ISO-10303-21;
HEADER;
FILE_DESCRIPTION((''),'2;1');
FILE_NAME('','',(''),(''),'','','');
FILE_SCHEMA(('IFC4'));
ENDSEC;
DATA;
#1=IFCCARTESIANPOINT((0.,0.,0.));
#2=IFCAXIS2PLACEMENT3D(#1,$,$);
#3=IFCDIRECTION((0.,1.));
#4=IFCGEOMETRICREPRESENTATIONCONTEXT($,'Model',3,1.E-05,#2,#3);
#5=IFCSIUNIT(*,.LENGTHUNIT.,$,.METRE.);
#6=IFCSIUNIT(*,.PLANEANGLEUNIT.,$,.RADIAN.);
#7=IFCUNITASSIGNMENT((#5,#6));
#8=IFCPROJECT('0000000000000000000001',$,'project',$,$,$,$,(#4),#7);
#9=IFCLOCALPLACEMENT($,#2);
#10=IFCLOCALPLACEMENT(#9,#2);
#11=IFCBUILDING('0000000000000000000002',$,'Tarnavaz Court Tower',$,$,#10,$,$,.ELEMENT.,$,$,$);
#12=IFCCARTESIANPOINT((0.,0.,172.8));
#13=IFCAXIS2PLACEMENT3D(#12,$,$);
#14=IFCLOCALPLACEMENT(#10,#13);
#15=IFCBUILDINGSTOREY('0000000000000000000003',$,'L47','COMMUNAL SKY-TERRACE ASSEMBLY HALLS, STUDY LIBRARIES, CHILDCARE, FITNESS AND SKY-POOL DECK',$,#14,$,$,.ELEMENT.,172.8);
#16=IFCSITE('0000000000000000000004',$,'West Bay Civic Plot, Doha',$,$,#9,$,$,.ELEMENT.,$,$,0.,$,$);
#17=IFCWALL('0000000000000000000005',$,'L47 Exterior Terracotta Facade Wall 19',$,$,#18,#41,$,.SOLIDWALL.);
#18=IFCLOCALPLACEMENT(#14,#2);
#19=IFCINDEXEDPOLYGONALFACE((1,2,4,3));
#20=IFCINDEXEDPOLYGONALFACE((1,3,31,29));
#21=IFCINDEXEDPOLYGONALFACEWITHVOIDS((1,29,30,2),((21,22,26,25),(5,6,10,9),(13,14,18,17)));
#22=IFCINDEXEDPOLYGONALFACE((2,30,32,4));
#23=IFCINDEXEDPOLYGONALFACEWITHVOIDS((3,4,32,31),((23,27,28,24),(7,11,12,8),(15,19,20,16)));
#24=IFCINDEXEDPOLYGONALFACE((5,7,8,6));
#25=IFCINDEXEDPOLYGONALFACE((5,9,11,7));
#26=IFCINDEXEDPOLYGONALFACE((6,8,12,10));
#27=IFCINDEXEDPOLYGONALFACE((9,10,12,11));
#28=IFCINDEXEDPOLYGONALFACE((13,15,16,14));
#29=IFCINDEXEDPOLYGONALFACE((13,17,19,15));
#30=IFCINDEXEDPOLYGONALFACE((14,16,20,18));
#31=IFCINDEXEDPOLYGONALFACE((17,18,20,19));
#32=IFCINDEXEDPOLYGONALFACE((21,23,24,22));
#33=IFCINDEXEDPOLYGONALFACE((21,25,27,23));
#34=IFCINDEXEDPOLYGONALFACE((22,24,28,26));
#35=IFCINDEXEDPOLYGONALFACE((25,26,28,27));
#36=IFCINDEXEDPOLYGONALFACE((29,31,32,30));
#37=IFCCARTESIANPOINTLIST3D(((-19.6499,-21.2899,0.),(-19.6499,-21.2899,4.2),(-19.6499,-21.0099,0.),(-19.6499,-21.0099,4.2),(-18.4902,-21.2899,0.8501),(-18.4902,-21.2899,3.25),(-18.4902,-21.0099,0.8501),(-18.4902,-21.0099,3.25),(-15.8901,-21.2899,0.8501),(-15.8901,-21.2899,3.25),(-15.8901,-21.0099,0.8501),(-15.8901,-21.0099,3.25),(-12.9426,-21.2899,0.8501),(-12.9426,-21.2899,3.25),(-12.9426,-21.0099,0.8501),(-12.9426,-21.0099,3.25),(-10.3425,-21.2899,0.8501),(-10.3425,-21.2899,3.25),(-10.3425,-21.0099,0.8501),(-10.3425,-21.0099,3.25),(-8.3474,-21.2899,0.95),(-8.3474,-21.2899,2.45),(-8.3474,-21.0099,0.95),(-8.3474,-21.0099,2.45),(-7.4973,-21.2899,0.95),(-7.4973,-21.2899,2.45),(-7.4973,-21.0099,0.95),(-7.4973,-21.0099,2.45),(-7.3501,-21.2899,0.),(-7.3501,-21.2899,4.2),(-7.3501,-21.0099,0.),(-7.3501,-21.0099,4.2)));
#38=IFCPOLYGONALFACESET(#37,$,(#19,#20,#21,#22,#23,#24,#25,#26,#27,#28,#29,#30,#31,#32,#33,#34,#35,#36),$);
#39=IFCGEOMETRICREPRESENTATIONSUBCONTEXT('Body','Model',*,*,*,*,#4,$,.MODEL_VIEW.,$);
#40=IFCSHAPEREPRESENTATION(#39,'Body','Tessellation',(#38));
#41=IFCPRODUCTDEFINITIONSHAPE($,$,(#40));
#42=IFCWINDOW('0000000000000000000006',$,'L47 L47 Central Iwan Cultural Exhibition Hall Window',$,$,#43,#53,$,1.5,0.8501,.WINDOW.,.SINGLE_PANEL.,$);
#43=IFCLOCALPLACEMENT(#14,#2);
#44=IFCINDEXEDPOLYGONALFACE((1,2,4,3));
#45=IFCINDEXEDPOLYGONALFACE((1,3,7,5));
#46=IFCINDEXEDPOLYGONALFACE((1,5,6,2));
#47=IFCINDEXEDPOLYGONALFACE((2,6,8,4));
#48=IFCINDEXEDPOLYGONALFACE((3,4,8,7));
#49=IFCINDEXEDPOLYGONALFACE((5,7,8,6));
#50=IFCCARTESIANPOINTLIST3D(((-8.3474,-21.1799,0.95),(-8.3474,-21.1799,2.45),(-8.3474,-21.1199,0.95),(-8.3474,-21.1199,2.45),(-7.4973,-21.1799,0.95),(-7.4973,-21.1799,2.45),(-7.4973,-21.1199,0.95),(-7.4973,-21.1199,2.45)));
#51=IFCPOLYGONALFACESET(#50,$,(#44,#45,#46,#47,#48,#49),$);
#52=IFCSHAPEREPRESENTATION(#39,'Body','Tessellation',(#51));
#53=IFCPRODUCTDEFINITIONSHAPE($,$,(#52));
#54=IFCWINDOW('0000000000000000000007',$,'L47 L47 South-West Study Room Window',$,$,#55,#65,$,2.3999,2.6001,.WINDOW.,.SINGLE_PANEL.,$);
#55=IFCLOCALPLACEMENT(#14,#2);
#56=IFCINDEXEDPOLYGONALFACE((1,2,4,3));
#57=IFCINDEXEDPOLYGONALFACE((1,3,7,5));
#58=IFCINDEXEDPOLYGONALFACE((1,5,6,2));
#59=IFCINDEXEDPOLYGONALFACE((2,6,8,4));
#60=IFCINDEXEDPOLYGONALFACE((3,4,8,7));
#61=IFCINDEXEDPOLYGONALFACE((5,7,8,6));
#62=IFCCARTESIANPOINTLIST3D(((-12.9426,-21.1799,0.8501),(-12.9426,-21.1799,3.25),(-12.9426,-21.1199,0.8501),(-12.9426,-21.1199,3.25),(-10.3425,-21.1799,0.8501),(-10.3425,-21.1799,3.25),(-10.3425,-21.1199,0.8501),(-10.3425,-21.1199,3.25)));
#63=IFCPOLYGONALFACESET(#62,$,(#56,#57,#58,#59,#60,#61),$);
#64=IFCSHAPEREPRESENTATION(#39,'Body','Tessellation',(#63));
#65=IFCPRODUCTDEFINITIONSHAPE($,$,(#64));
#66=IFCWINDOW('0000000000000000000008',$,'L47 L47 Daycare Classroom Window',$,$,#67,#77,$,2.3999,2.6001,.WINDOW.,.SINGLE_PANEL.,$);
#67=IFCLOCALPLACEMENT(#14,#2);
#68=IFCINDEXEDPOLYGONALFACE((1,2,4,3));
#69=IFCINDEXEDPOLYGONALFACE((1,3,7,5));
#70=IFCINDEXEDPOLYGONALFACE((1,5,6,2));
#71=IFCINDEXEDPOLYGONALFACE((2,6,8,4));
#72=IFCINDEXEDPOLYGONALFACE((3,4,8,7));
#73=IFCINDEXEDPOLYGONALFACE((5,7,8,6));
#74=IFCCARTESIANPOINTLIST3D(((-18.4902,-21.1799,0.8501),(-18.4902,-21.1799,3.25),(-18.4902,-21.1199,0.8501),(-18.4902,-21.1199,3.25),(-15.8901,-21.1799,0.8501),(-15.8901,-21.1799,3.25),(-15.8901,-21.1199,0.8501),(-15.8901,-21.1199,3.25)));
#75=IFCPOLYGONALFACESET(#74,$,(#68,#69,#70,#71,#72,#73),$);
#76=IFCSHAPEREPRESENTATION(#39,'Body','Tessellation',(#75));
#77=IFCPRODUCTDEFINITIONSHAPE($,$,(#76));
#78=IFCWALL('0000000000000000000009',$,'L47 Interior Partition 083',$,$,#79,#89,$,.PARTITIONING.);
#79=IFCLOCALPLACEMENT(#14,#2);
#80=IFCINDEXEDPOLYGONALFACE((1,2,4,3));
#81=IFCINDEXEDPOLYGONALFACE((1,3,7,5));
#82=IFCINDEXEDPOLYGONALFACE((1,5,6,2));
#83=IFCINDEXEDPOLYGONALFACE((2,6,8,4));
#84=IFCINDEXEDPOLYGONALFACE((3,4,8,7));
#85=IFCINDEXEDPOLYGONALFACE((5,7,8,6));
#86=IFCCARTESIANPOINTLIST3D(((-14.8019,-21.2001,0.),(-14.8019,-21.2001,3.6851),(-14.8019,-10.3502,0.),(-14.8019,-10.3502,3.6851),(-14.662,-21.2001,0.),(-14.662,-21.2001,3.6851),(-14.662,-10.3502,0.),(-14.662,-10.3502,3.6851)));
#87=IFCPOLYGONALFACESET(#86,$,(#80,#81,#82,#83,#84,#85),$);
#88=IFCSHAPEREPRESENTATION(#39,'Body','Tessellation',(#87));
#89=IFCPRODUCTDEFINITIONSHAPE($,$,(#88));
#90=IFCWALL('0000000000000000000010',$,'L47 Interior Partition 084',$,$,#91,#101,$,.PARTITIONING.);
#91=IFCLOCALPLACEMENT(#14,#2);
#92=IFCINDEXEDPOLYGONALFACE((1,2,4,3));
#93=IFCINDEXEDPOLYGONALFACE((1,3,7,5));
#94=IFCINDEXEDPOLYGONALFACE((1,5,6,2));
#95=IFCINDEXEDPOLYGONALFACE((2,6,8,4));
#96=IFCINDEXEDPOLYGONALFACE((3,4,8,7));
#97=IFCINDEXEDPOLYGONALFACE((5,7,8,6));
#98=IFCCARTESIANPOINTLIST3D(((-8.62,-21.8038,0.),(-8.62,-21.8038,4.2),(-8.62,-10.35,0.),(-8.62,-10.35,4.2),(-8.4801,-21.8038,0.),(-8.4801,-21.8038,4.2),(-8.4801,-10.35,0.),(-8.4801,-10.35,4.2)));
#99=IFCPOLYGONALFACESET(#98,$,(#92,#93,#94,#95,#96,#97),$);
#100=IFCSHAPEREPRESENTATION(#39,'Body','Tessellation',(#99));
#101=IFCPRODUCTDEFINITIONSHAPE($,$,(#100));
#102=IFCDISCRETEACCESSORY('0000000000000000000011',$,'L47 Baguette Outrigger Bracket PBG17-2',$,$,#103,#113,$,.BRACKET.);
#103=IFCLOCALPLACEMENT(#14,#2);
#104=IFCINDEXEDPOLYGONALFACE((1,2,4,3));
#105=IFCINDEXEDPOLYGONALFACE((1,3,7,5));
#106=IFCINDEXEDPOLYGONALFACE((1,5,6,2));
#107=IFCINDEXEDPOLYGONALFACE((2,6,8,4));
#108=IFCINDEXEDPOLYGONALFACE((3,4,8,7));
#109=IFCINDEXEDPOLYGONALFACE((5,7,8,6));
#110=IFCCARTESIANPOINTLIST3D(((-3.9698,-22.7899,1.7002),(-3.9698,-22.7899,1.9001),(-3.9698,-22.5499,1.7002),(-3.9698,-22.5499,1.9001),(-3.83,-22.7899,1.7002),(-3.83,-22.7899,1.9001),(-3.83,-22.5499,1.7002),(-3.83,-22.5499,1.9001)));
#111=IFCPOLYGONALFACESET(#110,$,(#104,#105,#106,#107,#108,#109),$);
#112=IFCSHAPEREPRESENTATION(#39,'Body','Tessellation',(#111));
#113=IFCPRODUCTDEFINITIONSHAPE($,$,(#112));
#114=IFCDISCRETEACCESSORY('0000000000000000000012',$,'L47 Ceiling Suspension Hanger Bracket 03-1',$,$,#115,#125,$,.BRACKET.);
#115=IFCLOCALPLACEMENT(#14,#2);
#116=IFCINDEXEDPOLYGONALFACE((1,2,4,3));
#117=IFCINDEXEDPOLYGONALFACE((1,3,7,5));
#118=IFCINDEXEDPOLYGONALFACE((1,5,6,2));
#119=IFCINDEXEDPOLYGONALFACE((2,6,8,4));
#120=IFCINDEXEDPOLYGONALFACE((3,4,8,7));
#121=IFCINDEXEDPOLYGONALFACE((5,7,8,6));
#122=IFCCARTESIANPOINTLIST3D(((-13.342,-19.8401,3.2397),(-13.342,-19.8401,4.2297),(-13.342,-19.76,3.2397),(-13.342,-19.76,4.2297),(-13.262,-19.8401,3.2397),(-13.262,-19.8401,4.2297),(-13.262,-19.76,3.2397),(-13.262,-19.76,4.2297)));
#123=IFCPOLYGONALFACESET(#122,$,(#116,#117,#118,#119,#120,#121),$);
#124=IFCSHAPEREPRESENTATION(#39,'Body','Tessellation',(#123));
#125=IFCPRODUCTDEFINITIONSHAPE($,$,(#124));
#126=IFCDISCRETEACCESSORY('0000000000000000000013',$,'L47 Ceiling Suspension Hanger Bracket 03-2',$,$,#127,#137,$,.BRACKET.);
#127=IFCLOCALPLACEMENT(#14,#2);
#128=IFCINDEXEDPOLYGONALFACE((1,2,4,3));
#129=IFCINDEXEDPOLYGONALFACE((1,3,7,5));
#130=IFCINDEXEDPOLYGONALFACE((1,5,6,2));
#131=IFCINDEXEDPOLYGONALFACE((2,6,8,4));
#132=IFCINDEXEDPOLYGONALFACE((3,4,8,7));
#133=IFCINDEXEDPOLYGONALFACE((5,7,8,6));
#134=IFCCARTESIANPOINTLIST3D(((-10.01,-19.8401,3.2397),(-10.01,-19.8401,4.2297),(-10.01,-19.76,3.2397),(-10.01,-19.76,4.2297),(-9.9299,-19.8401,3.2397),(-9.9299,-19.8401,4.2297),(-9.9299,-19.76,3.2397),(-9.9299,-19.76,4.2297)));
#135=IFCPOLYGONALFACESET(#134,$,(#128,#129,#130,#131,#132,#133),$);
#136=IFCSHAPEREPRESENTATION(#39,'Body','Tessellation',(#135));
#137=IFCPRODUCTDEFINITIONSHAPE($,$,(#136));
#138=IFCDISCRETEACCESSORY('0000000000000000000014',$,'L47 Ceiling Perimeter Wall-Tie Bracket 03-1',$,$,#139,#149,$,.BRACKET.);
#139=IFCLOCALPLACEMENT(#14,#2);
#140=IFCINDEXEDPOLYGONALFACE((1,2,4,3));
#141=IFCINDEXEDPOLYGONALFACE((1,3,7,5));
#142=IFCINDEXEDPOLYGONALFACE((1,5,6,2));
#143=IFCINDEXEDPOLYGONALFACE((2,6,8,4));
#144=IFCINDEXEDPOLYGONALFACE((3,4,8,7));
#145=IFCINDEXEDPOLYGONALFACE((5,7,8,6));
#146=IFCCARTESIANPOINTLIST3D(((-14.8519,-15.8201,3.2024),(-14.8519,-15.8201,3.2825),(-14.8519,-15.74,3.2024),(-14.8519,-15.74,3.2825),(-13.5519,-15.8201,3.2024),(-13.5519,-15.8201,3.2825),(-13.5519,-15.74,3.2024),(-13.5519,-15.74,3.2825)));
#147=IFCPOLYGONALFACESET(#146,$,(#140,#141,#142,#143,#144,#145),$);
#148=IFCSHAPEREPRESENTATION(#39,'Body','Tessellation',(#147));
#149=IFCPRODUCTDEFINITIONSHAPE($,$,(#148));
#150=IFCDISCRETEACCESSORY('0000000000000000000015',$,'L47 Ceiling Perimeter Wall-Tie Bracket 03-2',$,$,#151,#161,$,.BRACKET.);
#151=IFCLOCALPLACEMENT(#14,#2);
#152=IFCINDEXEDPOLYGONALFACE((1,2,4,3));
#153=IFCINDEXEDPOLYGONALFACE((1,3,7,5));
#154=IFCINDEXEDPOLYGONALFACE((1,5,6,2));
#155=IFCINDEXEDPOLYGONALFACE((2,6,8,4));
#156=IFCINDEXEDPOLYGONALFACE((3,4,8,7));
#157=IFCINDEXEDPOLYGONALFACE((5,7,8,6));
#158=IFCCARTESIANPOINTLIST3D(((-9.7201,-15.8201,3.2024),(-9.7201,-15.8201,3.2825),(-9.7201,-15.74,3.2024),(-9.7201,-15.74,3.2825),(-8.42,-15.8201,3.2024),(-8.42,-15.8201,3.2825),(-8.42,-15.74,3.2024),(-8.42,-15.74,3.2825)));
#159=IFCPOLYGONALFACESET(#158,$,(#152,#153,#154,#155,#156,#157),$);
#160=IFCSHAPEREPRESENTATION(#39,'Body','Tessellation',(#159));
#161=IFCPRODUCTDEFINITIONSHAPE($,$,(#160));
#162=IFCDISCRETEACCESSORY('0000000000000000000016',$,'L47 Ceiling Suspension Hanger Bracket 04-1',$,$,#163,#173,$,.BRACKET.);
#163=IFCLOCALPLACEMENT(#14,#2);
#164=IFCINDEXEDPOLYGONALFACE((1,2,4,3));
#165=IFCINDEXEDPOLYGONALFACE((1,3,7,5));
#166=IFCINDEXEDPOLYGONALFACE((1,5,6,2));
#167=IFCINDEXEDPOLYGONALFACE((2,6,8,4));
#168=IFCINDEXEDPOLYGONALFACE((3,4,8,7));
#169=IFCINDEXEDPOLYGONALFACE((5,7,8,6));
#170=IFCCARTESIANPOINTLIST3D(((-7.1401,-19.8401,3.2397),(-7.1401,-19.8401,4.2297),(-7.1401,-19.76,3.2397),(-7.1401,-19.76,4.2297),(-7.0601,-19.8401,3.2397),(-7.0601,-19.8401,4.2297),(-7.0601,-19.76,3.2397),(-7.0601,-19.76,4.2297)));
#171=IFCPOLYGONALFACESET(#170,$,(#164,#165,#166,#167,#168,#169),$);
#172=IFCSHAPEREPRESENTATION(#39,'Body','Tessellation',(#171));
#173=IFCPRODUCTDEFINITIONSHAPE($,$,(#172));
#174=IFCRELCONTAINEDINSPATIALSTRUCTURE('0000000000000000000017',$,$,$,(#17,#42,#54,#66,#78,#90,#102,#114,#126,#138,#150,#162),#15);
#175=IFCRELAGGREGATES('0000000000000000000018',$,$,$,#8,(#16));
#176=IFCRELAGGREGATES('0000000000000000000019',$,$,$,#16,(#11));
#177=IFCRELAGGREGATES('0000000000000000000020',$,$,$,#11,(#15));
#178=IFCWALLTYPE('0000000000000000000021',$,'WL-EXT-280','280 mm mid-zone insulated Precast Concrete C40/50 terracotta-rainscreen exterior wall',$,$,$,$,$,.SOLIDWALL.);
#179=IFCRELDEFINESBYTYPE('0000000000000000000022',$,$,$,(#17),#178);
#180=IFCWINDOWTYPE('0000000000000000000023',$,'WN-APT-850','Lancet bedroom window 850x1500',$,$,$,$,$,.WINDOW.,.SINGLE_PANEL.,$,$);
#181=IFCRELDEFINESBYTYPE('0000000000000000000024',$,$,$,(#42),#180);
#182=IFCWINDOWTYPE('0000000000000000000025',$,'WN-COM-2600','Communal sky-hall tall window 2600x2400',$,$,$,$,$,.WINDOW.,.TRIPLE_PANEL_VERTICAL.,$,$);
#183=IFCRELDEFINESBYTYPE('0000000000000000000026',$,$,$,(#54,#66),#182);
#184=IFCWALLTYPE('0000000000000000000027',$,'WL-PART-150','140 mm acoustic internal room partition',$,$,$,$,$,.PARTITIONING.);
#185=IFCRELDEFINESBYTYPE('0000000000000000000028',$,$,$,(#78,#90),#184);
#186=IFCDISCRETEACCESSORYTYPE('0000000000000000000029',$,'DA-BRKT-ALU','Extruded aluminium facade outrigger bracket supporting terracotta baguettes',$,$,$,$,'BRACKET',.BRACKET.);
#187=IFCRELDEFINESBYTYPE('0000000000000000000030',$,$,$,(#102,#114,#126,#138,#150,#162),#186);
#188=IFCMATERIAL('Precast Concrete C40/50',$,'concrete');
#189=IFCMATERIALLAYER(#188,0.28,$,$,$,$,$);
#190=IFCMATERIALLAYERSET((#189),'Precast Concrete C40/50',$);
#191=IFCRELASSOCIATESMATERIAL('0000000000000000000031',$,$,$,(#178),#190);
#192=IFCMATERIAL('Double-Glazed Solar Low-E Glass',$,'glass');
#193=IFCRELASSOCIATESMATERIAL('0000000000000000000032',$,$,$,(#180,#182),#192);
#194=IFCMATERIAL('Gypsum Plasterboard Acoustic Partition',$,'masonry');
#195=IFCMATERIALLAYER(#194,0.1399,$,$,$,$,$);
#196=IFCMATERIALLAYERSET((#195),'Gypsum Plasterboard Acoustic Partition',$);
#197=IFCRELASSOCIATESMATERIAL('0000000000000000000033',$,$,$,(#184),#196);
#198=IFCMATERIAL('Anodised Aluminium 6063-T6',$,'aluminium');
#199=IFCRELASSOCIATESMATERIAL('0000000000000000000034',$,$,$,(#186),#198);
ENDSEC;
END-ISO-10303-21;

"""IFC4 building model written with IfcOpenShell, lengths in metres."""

from ifc_helpers import new_model, si_unit, direction, frame, frame_2d, origin, origin_2d, place, context, subcontext, project, spatial, rectangle, extrude, material, layer, layer_set, type_object, element, fill, save


model = new_model("IFC4")

# Units and contexts
model_context = context("Model", 3, precision=1e-05, world=origin(), true_north=direction((0.0, 1.0)))
body_context = subcontext(model_context, "Body", "Model", "MODEL_VIEW")
ifc_project = project(units=[si_unit("LENGTHUNIT", "METRE"), si_unit("PLANEANGLEUNIT", "RADIAN")], contexts=[model_context])

# Site, building, storey
site_placement = place(None, origin())
site = spatial("IfcSite", under=ifc_project, at=site_placement, Name="West Bay Civic Plot, Doha", CompositionType="ELEMENT", RefElevation=0.0)
building_placement = place(site_placement, origin())
building = spatial("IfcBuilding", under=site, at=building_placement, Name="Tarnavaz Court Tower", CompositionType="ELEMENT")
storey_placement = place(building_placement, frame((0.0, 0.0, 172.8)))
storey = spatial("IfcBuildingStorey", under=building, at=storey_placement, Name="L47", Description="COMMUNAL SKY-TERRACE ASSEMBLY HALLS, STUDY LIBRARIES, CHILDCARE, FITNESS AND SKY-POOL DECK", CompositionType="ELEMENT", Elevation=172.8)

# Shared definitions
ifc_material_1 = material(Name="Anodised Aluminium 6063-T6", Category="aluminium")
ifc_material_2 = material(Name="Double-Glazed Solar Low-E Glass", Category="glass")

# Shared definitions
ifc_material_3 = material(Name="Precast Concrete C40/50", Category="concrete")
ifc_layer_1 = layer(ifc_material_3, 0.28)
ifc_layer_set_1 = layer_set([ifc_layer_1], Name="Precast Concrete C40/50")
wall_type_1 = type_object("IfcWallType", Name="WL-EXT-280", Description="280 mm mid-zone insulated Precast Concrete C40/50 terracotta-rainscreen exterior wall", PredefinedType="SOLIDWALL", material=ifc_layer_set_1)

# Wall, openings, windows
wall_1_placement = place(storey_placement, frame((-7.3501, -21.1499, 0.0), z_axis=(0.0, 0.0, 1.0), x_axis=(-1.0, 0.0, 0.0)))
wall_1 = element("IfcWall", 1, at=wall_1_placement, inside=storey, type_object=wall_type_1, Name="L47 Exterior Terracotta Facade Wall 19", PredefinedType="SOLIDWALL", context=body_context, shape_type="SweptSolid", body=[
    extrude(rectangle(XDim=12.2998, YDim=0.28, at=frame_2d((6.1499, 0.0))), origin(), (0.0, 0.0, 1.0), 4.2),
])
opening_1_placement = place(wall_1_placement, frame((0.1472, 0.0, 0.95)))
opening_1 = element("IfcOpeningElement", 2, at=opening_1_placement, cuts=wall_1, PredefinedType="OPENING", context=body_context, shape_type="SweptSolid", body=[
    extrude(rectangle(XDim=0.8501, YDim=1.5, at=frame_2d((0.425, 0.75))), frame((0.0, 0.1499, 0.0), z_axis=(0.0, -1.0, 0.0), x_axis=(1.0, 0.0, 0.0)), (0.0, 0.0, 1.0), 0.3),
])
opening_2_placement = place(wall_1_placement, frame((2.9924, 0.0, 0.8501)))
opening_2 = element("IfcOpeningElement", 3, at=opening_2_placement, cuts=wall_1, PredefinedType="OPENING", context=body_context, shape_type="SweptSolid", body=[
    extrude(rectangle(XDim=2.6001, YDim=2.3999, at=frame_2d((1.3, 1.2))), frame((0.0, 0.1499, 0.0), z_axis=(0.0, -1.0, 0.0), x_axis=(1.0, 0.0, 0.0)), (0.0, 0.0, 1.0), 0.3),
])
opening_3_placement = place(wall_1_placement, frame((8.54, 0.0, 0.8501)))
opening_3 = element("IfcOpeningElement", 4, at=opening_3_placement, cuts=wall_1, PredefinedType="OPENING", context=body_context, shape_type="SweptSolid", body=[
    extrude(rectangle(XDim=2.6001, YDim=2.3999, at=frame_2d((1.3, 1.2))), frame((0.0, 0.1499, 0.0), z_axis=(0.0, -1.0, 0.0), x_axis=(1.0, 0.0, 0.0)), (0.0, 0.0, 1.0), 0.3),
])
window_type_1 = type_object("IfcWindowType", Name="WN-APT-850", Description="Lancet bedroom window 850x1500", PartitioningType="SINGLE_PANEL", PredefinedType="WINDOW", material=ifc_material_2)
window_1_placement = place(opening_1_placement, origin())
window_1 = element("IfcWindow", 5, at=window_1_placement, inside=storey, type_object=window_type_1, Name="L47 L47 Central Iwan Cultural Exhibition Hall Window", OverallHeight=1.5, OverallWidth=0.8501, PartitioningType="SINGLE_PANEL", PredefinedType="WINDOW", context=body_context, shape_type="SweptSolid", body=[
    extrude(rectangle(XDim=0.8501, YDim=1.5, at=frame_2d((0.425, 0.75))), frame((0.0, 0.03, 0.0), z_axis=(0.0, -1.0, 0.0), x_axis=(1.0, 0.0, 0.0)), (0.0, 0.0, 1.0), 0.0601),
])
fill(opening_1, window_1)
window_type_2 = type_object("IfcWindowType", Name="WN-COM-2600", Description="Communal sky-hall tall window 2600x2400", PartitioningType="TRIPLE_PANEL_VERTICAL", PredefinedType="WINDOW", material=ifc_material_2)
window_2_placement = place(opening_2_placement, origin())
window_2 = element("IfcWindow", 6, at=window_2_placement, inside=storey, type_object=window_type_2, Name="L47 L47 South-West Study Room Window", OverallHeight=2.3999, OverallWidth=2.6001, PartitioningType="SINGLE_PANEL", PredefinedType="WINDOW", context=body_context, shape_type="SweptSolid", body=[
    extrude(rectangle(XDim=2.6001, YDim=2.3999, at=frame_2d((1.3, 1.2))), frame((0.0, 0.03, 0.0), z_axis=(0.0, -1.0, 0.0), x_axis=(1.0, 0.0, 0.0)), (0.0, 0.0, 1.0), 0.0601),
])
fill(opening_2, window_2)
window_3_placement = place(opening_3_placement, origin())
window_3 = element("IfcWindow", 7, at=window_3_placement, inside=storey, type_object=window_type_2, Name="L47 L47 Daycare Classroom Window", OverallHeight=2.3999, OverallWidth=2.6001, PartitioningType="SINGLE_PANEL", PredefinedType="WINDOW", context=body_context, shape_type="SweptSolid", body=[
    extrude(rectangle(XDim=2.6001, YDim=2.3999, at=frame_2d((1.3, 1.2))), frame((0.0, 0.03, 0.0), z_axis=(0.0, -1.0, 0.0), x_axis=(1.0, 0.0, 0.0)), (0.0, 0.0, 1.0), 0.0601),
])
fill(opening_3, window_3)

# Walls
ifc_material_4 = material(Name="Gypsum Plasterboard Acoustic Partition", Category="masonry")
ifc_layer_2 = layer(ifc_material_4, 0.1399)
ifc_layer_set_2 = layer_set([ifc_layer_2], Name="Gypsum Plasterboard Acoustic Partition")
wall_type_2 = type_object("IfcWallType", Name="WL-PART-150", Description="140 mm acoustic internal room partition", PredefinedType="PARTITIONING", material=ifc_layer_set_2)
wall_2_placement = place(storey_placement, frame((-14.7319, -21.2, 0.0), z_axis=(0.0, 0.0, 1.0), x_axis=(0.0, 1.0, 0.0)))
element("IfcWall", 8, at=wall_2_placement, inside=storey, type_object=wall_type_2, Name="L47 Interior Partition 083", PredefinedType="PARTITIONING", context=body_context, shape_type="SweptSolid", body=[
    extrude(rectangle(XDim=10.8499, YDim=0.1399, at=frame_2d((5.4248, 0.0))), origin(), (0.0, 0.0, 1.0), 3.6851),
])
wall_3_placement = place(storey_placement, frame((-8.55, -21.804, 0.0), z_axis=(0.0, 0.0, 1.0), x_axis=(0.0, 1.0, 0.0)))
element("IfcWall", 9, at=wall_3_placement, inside=storey, type_object=wall_type_2, Name="L47 Interior Partition 084", PredefinedType="PARTITIONING", context=body_context, shape_type="SweptSolid", body=[
    extrude(rectangle(XDim=11.4539, YDim=0.1399, at=frame_2d((5.7271, 0.0))), origin(), (0.0, 0.0, 1.0), 4.2),
])

# Discrete accessories
discrete_accessory_type = type_object("IfcDiscreteAccessoryType", Name="DA-BRKT-ALU", Description="Extruded aluminium facade outrigger bracket supporting terracotta baguettes", ElementType="BRACKET", PredefinedType="BRACKET", material=ifc_material_1)
discrete_accessory_1_placement = place(storey_placement, frame((-3.8999, -22.6699, 1.7002), z_axis=(0.0, 0.0, 1.0), x_axis=(-1.0, 0.0, 0.0)))
element("IfcDiscreteAccessory", 10, at=discrete_accessory_1_placement, inside=storey, type_object=discrete_accessory_type, Name="L47 Baguette Outrigger Bracket PBG17-2", PredefinedType="BRACKET", context=body_context, shape_type="SweptSolid", body=[
    extrude(rectangle(XDim=0.1399, YDim=0.24, at=origin_2d()), origin(), (0.0, 0.0, 1.0), 0.2),
])
for number, where, z_axis, x_axis, name in (
    (11, (-13.302, -19.8, 3.2397), (0.0, 0.0, 1.0), (1.0, 0.0, 0.0), "L47 Ceiling Suspension Hanger Bracket 03-1"),
    (12, (-9.97, -19.8, 3.2397), (0.0, 0.0, 1.0), (1.0, 0.0, 0.0), "L47 Ceiling Suspension Hanger Bracket 03-2"),
):
    element("IfcDiscreteAccessory", number, at=place(storey_placement, frame(where, z_axis=z_axis, x_axis=x_axis)), inside=storey, type_object=discrete_accessory_type, Name=name, PredefinedType="BRACKET", context=body_context, shape_type="SweptSolid", body=[
        extrude(rectangle(XDim=0.0801, YDim=0.0801, at=origin_2d()), origin(), (0.0, 0.0, 1.0), 0.99),
    ])
for number, where, z_axis, x_axis, name in (
    (13, (-14.2019, -15.78, 3.2024), (0.0, 0.0, 1.0), (1.0, 0.0, 0.0), "L47 Ceiling Perimeter Wall-Tie Bracket 03-1"),
    (14, (-9.0701, -15.78, 3.2024), (0.0, 0.0, 1.0), (1.0, 0.0, 0.0), "L47 Ceiling Perimeter Wall-Tie Bracket 03-2"),
):
    element("IfcDiscreteAccessory", number, at=place(storey_placement, frame(where, z_axis=z_axis, x_axis=x_axis)), inside=storey, type_object=discrete_accessory_type, Name=name, PredefinedType="BRACKET", context=body_context, shape_type="SweptSolid", body=[
        extrude(rectangle(XDim=1.3, YDim=0.0801, at=origin_2d()), origin(), (0.0, 0.0, 1.0), 0.0801),
    ])
discrete_accessory_2_placement = place(storey_placement, frame((-7.1001, -19.8, 3.2397), z_axis=(0.0, 0.0, 1.0), x_axis=(1.0, 0.0, 0.0)))
element("IfcDiscreteAccessory", 15, at=discrete_accessory_2_placement, inside=storey, type_object=discrete_accessory_type, Name="L47 Ceiling Suspension Hanger Bracket 04-1", PredefinedType="BRACKET", context=body_context, shape_type="SweptSolid", body=[
    extrude(rectangle(XDim=0.0801, YDim=0.0801, at=origin_2d()), origin(), (0.0, 0.0, 1.0), 0.99),
])

save(model, "model.ifc")
